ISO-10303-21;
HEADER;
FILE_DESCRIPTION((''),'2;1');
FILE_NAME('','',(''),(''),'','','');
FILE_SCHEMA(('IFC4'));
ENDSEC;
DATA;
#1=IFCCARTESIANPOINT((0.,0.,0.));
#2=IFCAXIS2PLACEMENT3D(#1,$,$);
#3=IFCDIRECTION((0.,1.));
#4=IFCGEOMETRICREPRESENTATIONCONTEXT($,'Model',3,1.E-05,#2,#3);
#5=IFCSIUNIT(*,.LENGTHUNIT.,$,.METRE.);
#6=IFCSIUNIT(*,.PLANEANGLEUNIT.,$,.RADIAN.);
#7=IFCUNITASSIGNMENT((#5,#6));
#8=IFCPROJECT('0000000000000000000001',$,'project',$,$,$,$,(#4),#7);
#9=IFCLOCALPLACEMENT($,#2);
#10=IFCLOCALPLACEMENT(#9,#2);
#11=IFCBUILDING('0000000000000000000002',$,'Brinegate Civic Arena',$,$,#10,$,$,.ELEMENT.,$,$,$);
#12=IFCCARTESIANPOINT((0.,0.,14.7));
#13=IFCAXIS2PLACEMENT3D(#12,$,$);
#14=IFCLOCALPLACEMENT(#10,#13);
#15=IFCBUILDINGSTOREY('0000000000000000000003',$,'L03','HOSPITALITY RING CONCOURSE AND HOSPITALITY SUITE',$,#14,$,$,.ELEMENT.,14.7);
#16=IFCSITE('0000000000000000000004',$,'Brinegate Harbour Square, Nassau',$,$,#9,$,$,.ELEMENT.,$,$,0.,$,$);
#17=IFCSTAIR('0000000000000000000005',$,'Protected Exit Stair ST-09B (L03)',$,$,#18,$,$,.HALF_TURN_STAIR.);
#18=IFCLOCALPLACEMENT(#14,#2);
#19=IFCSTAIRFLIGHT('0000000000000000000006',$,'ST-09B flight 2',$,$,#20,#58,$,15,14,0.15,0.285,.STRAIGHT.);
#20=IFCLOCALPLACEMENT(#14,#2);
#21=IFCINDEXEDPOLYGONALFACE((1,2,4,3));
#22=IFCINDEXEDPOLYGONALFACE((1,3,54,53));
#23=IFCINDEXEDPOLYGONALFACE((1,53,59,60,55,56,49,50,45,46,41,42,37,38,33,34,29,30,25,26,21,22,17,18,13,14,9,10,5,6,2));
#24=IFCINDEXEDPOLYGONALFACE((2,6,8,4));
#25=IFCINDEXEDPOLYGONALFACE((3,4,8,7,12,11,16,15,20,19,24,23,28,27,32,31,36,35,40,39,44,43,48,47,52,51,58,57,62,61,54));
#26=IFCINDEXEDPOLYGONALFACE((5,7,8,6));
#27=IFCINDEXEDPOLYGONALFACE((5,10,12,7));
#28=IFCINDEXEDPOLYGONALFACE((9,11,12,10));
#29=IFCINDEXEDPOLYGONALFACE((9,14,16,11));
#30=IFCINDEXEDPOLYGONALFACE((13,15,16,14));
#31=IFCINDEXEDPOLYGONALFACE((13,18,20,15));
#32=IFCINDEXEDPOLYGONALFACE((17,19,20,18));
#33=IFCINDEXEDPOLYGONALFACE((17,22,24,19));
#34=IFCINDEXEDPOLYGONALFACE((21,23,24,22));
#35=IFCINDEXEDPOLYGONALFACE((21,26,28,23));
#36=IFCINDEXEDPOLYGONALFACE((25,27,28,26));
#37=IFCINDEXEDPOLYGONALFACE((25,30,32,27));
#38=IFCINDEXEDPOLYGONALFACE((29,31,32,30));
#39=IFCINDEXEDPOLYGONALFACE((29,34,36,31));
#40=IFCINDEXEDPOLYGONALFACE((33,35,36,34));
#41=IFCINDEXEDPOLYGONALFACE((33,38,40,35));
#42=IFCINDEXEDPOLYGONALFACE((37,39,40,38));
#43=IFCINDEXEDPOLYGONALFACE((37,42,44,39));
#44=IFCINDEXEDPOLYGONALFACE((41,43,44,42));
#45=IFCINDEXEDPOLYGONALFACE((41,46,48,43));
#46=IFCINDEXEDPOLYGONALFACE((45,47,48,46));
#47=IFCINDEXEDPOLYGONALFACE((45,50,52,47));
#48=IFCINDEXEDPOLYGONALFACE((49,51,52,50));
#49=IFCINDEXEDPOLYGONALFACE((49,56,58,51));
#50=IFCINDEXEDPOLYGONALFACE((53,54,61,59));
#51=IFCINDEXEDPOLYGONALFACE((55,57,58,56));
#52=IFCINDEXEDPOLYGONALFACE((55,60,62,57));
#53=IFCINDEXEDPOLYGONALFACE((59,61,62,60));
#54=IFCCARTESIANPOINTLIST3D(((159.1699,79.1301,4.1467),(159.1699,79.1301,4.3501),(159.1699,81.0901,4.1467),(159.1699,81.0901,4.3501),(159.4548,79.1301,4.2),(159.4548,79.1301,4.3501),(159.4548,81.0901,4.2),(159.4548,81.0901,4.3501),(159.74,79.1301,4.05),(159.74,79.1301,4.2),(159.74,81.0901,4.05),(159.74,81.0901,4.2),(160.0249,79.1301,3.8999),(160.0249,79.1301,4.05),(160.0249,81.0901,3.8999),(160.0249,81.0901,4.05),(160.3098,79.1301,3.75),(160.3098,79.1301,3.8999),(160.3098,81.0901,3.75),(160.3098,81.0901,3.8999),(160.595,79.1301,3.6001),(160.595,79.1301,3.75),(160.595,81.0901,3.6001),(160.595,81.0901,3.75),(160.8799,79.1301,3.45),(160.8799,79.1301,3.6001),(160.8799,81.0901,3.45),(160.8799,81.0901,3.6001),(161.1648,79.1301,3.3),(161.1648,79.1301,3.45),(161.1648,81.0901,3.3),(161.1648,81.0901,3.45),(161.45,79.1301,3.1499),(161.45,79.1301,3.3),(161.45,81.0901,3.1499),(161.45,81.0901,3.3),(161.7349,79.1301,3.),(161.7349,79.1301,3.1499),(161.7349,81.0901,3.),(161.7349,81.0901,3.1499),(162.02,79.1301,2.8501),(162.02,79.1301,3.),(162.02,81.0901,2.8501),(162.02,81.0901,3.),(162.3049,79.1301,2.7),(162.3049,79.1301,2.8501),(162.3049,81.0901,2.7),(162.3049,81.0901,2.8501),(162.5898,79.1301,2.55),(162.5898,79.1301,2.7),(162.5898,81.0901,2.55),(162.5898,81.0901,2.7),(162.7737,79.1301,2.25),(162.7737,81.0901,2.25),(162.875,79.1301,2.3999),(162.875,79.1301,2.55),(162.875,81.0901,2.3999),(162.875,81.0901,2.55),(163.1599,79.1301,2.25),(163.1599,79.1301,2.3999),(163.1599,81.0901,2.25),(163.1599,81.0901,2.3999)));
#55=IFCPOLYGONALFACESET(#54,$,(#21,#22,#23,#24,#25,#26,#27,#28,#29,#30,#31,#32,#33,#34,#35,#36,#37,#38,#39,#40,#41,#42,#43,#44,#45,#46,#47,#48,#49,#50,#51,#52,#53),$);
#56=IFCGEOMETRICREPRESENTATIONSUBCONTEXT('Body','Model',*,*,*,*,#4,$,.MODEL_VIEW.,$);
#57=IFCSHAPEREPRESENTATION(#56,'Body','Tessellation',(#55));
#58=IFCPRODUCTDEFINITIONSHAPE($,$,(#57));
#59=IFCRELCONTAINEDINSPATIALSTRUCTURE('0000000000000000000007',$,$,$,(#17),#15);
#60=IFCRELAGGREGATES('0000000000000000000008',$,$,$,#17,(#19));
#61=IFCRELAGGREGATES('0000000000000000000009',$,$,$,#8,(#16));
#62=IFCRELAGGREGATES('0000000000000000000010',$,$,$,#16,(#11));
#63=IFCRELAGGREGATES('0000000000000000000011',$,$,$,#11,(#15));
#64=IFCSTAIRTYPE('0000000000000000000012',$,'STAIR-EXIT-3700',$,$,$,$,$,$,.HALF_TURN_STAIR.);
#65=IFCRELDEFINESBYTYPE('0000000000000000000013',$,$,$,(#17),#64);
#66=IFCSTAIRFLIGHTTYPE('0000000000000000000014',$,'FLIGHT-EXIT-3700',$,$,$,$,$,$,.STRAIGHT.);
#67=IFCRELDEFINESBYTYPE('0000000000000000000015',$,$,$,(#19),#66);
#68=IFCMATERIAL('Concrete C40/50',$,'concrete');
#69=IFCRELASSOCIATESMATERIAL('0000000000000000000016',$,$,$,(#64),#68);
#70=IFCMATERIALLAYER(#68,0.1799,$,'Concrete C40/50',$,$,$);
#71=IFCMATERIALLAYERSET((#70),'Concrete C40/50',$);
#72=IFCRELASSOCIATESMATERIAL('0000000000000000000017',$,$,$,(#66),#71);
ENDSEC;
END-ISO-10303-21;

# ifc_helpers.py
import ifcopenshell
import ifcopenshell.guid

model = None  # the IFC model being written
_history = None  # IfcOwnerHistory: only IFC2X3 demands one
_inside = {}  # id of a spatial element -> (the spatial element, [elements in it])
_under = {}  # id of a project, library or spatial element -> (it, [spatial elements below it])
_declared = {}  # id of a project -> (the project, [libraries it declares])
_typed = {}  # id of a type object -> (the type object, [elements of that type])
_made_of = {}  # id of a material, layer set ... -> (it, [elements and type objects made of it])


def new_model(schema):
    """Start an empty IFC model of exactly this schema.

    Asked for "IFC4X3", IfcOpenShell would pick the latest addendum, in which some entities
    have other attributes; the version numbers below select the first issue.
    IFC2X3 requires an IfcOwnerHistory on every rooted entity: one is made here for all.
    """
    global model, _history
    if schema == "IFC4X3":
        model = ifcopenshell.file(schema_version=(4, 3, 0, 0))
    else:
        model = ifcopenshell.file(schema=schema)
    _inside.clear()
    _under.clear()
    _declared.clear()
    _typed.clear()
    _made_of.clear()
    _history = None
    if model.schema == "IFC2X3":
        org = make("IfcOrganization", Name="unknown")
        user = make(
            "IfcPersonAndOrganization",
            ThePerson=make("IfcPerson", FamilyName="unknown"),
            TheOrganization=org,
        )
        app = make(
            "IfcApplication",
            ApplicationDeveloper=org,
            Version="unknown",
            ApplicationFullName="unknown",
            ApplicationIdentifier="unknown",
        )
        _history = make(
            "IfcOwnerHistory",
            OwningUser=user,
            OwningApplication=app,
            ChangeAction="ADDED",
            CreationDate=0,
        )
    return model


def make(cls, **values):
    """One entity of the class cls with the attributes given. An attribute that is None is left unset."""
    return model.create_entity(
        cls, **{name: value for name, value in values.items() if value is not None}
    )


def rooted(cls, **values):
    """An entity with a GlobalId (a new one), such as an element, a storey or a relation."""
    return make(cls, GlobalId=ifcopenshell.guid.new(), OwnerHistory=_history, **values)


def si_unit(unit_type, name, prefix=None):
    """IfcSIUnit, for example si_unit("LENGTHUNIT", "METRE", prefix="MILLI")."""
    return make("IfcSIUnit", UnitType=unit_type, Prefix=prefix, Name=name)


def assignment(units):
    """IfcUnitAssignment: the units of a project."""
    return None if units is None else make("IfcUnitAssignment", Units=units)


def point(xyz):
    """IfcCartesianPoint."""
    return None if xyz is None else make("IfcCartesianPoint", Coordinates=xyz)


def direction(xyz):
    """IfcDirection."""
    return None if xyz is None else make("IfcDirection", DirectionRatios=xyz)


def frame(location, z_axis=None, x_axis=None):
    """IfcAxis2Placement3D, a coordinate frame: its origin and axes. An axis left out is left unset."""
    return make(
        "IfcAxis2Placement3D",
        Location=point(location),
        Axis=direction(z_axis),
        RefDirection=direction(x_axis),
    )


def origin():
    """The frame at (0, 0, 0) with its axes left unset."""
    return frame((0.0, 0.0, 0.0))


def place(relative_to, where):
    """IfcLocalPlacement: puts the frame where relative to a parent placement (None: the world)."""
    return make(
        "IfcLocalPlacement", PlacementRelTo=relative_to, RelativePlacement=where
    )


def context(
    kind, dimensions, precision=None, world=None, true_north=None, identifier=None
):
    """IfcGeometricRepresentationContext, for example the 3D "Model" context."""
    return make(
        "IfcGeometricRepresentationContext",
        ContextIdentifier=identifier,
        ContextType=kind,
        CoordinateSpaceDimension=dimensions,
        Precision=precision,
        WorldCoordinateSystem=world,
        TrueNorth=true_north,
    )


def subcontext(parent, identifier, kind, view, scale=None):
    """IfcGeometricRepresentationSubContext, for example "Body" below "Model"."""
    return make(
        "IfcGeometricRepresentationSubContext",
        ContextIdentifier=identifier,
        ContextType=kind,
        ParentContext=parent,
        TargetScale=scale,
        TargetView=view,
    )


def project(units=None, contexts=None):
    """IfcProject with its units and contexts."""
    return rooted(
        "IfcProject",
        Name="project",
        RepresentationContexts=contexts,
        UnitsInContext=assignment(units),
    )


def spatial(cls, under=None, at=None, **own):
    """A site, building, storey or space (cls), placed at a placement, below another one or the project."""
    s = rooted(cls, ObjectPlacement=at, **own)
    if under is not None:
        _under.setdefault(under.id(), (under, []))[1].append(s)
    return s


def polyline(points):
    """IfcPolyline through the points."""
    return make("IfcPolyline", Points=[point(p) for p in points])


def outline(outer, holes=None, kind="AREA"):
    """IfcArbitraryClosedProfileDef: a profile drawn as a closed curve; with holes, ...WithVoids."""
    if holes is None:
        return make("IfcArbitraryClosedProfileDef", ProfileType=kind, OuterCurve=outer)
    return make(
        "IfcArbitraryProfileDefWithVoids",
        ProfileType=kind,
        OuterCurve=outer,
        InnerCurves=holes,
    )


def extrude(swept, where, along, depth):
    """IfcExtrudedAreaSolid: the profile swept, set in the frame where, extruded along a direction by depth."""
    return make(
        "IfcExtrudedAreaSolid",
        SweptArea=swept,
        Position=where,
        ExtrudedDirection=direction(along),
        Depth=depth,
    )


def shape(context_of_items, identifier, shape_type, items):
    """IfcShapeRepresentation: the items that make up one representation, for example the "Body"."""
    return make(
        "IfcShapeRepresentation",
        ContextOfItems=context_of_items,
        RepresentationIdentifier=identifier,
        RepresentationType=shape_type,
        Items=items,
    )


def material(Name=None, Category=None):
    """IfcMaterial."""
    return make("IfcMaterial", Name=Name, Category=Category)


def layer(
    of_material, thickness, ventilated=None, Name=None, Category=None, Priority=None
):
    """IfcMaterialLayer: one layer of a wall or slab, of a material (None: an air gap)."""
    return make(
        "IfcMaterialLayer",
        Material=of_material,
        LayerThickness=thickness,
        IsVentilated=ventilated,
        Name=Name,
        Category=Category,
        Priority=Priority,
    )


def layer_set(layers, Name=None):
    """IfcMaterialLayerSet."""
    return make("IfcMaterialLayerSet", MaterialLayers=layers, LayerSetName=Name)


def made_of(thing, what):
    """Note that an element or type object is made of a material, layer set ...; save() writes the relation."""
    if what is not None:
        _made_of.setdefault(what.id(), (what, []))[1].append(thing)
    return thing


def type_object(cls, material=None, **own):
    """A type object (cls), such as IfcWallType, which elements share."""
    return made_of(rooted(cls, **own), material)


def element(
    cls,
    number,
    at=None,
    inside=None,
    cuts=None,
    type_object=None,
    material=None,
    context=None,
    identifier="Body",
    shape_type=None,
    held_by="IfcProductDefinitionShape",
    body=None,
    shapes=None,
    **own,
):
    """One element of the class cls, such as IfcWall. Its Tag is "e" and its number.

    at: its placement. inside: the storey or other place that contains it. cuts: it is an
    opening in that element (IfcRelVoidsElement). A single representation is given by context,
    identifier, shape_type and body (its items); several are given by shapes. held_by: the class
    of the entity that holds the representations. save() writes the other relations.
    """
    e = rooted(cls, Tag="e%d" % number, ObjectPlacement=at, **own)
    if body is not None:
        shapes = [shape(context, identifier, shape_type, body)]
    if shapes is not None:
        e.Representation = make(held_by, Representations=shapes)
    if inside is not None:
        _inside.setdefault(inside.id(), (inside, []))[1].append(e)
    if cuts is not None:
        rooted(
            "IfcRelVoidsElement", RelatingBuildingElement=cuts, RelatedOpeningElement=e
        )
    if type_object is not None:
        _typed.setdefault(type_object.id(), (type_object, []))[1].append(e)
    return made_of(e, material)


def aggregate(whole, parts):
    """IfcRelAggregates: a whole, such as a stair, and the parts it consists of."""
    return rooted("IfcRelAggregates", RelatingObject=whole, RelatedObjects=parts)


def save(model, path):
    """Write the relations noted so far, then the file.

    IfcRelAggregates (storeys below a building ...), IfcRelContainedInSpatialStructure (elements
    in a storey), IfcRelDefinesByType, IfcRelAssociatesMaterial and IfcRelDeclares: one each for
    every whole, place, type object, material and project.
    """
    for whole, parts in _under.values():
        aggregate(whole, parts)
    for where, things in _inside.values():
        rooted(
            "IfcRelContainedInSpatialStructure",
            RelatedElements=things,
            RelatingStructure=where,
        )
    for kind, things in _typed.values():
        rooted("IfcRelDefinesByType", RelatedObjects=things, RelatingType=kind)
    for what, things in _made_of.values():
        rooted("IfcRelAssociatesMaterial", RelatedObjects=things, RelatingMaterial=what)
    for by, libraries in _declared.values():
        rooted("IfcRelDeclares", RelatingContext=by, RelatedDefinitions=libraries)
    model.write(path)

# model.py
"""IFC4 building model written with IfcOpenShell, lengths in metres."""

from ifc_helpers import new_model, si_unit, direction, frame, origin, place, context, subcontext, project, spatial, polyline, outline, extrude, material, layer, layer_set, type_object, element, aggregate, save


model = new_model("IFC4")

# Units and contexts
model_context = context("Model", 3, precision=1e-05, world=origin(), true_north=direction((0.0, 1.0)))
body_context = subcontext(model_context, "Body", "Model", "MODEL_VIEW")
ifc_project = project(units=[si_unit("LENGTHUNIT", "METRE"), si_unit("PLANEANGLEUNIT", "RADIAN")], contexts=[model_context])

# Site, building, storey
site_placement = place(None, origin())
site = spatial("IfcSite", under=ifc_project, at=site_placement, Name="Brinegate Harbour Square, Nassau", CompositionType="ELEMENT", RefElevation=0.0)
building_placement = place(site_placement, origin())
building = spatial("IfcBuilding", under=site, at=building_placement, Name="Brinegate Civic Arena", CompositionType="ELEMENT")
storey_placement = place(building_placement, frame((0.0, 0.0, 14.7)))
storey = spatial("IfcBuildingStorey", under=building, at=storey_placement, Name="L03", Description="HOSPITALITY RING CONCOURSE AND HOSPITALITY SUITE", CompositionType="ELEMENT", Elevation=14.7)

# Stair, stair flight
ifc_material_1 = material(Name="Concrete C40/50", Category="concrete")
stair_type = type_object("IfcStairType", Name="STAIR-EXIT-3700", PredefinedType="HALF_TURN_STAIR", material=ifc_material_1)
stair_placement = place(storey_placement, origin())
stair = element("IfcStair", 1, at=stair_placement, inside=storey, type_object=stair_type, Name="Protected Exit Stair ST-09B (L03)", PredefinedType="HALF_TURN_STAIR")
ifc_layer_1 = layer(ifc_material_1, 0.1799, Name="Concrete C40/50")
ifc_layer_set_1 = layer_set([ifc_layer_1], Name="Concrete C40/50")
stair_flight_type = type_object("IfcStairFlightType", Name="FLIGHT-EXIT-3700", PredefinedType="STRAIGHT", material=ifc_layer_set_1)
stair_flight_1_placement = place(storey_placement, frame((163.1599, 80.1101, 2.25), z_axis=(0.0, 0.0, 1.0), x_axis=(-1.0, 0.0, 0.0)))
stair_flight_1 = element("IfcStairFlight", 2, at=stair_flight_1_placement, type_object=stair_flight_type, Name="ST-09B flight 2", NumberOfRisers=15, NumberOfTreads=14, PredefinedType="STRAIGHT", RiserHeight=0.15, TreadLength=0.285, context=body_context, shape_type="SweptSolid", body=[
    extrude(outline(polyline([(0.0, 0.0), (0.0, 0.1499), (0.2849, 0.1499), (0.2849, 0.3), (0.5701, 0.3), (0.5701, 0.45), (0.855, 0.45), (0.855, 0.6001), (1.1399, 0.6001), (1.1399, 0.75), (1.425, 0.75), (1.425, 0.8999), (1.71, 0.8999), (1.71, 1.05), (1.9951, 1.05), (1.9951, 1.2), (2.28, 1.2), (2.28, 1.3501), (2.5649, 1.3501), (2.5649, 1.5), (2.8501, 1.5), (2.8501, 1.6499), (3.135, 1.6499), (3.135, 1.8), (3.4199, 1.8), (3.4199, 1.95), (3.7051, 1.95), (3.7051, 2.1001), (3.99, 2.1001), (3.99, 2.25), (3.99, 1.8967), (0.3862, 0.0), (0.0, 0.0)])), frame((0.0, 0.98, 0.0), z_axis=(0.0, -1.0, 0.0), x_axis=(1.0, 0.0, 0.0)), (0.0, 0.0, 1.0), 1.96),
])
aggregate(stair, [stair_flight_1])

save(model, "model.ifc")
